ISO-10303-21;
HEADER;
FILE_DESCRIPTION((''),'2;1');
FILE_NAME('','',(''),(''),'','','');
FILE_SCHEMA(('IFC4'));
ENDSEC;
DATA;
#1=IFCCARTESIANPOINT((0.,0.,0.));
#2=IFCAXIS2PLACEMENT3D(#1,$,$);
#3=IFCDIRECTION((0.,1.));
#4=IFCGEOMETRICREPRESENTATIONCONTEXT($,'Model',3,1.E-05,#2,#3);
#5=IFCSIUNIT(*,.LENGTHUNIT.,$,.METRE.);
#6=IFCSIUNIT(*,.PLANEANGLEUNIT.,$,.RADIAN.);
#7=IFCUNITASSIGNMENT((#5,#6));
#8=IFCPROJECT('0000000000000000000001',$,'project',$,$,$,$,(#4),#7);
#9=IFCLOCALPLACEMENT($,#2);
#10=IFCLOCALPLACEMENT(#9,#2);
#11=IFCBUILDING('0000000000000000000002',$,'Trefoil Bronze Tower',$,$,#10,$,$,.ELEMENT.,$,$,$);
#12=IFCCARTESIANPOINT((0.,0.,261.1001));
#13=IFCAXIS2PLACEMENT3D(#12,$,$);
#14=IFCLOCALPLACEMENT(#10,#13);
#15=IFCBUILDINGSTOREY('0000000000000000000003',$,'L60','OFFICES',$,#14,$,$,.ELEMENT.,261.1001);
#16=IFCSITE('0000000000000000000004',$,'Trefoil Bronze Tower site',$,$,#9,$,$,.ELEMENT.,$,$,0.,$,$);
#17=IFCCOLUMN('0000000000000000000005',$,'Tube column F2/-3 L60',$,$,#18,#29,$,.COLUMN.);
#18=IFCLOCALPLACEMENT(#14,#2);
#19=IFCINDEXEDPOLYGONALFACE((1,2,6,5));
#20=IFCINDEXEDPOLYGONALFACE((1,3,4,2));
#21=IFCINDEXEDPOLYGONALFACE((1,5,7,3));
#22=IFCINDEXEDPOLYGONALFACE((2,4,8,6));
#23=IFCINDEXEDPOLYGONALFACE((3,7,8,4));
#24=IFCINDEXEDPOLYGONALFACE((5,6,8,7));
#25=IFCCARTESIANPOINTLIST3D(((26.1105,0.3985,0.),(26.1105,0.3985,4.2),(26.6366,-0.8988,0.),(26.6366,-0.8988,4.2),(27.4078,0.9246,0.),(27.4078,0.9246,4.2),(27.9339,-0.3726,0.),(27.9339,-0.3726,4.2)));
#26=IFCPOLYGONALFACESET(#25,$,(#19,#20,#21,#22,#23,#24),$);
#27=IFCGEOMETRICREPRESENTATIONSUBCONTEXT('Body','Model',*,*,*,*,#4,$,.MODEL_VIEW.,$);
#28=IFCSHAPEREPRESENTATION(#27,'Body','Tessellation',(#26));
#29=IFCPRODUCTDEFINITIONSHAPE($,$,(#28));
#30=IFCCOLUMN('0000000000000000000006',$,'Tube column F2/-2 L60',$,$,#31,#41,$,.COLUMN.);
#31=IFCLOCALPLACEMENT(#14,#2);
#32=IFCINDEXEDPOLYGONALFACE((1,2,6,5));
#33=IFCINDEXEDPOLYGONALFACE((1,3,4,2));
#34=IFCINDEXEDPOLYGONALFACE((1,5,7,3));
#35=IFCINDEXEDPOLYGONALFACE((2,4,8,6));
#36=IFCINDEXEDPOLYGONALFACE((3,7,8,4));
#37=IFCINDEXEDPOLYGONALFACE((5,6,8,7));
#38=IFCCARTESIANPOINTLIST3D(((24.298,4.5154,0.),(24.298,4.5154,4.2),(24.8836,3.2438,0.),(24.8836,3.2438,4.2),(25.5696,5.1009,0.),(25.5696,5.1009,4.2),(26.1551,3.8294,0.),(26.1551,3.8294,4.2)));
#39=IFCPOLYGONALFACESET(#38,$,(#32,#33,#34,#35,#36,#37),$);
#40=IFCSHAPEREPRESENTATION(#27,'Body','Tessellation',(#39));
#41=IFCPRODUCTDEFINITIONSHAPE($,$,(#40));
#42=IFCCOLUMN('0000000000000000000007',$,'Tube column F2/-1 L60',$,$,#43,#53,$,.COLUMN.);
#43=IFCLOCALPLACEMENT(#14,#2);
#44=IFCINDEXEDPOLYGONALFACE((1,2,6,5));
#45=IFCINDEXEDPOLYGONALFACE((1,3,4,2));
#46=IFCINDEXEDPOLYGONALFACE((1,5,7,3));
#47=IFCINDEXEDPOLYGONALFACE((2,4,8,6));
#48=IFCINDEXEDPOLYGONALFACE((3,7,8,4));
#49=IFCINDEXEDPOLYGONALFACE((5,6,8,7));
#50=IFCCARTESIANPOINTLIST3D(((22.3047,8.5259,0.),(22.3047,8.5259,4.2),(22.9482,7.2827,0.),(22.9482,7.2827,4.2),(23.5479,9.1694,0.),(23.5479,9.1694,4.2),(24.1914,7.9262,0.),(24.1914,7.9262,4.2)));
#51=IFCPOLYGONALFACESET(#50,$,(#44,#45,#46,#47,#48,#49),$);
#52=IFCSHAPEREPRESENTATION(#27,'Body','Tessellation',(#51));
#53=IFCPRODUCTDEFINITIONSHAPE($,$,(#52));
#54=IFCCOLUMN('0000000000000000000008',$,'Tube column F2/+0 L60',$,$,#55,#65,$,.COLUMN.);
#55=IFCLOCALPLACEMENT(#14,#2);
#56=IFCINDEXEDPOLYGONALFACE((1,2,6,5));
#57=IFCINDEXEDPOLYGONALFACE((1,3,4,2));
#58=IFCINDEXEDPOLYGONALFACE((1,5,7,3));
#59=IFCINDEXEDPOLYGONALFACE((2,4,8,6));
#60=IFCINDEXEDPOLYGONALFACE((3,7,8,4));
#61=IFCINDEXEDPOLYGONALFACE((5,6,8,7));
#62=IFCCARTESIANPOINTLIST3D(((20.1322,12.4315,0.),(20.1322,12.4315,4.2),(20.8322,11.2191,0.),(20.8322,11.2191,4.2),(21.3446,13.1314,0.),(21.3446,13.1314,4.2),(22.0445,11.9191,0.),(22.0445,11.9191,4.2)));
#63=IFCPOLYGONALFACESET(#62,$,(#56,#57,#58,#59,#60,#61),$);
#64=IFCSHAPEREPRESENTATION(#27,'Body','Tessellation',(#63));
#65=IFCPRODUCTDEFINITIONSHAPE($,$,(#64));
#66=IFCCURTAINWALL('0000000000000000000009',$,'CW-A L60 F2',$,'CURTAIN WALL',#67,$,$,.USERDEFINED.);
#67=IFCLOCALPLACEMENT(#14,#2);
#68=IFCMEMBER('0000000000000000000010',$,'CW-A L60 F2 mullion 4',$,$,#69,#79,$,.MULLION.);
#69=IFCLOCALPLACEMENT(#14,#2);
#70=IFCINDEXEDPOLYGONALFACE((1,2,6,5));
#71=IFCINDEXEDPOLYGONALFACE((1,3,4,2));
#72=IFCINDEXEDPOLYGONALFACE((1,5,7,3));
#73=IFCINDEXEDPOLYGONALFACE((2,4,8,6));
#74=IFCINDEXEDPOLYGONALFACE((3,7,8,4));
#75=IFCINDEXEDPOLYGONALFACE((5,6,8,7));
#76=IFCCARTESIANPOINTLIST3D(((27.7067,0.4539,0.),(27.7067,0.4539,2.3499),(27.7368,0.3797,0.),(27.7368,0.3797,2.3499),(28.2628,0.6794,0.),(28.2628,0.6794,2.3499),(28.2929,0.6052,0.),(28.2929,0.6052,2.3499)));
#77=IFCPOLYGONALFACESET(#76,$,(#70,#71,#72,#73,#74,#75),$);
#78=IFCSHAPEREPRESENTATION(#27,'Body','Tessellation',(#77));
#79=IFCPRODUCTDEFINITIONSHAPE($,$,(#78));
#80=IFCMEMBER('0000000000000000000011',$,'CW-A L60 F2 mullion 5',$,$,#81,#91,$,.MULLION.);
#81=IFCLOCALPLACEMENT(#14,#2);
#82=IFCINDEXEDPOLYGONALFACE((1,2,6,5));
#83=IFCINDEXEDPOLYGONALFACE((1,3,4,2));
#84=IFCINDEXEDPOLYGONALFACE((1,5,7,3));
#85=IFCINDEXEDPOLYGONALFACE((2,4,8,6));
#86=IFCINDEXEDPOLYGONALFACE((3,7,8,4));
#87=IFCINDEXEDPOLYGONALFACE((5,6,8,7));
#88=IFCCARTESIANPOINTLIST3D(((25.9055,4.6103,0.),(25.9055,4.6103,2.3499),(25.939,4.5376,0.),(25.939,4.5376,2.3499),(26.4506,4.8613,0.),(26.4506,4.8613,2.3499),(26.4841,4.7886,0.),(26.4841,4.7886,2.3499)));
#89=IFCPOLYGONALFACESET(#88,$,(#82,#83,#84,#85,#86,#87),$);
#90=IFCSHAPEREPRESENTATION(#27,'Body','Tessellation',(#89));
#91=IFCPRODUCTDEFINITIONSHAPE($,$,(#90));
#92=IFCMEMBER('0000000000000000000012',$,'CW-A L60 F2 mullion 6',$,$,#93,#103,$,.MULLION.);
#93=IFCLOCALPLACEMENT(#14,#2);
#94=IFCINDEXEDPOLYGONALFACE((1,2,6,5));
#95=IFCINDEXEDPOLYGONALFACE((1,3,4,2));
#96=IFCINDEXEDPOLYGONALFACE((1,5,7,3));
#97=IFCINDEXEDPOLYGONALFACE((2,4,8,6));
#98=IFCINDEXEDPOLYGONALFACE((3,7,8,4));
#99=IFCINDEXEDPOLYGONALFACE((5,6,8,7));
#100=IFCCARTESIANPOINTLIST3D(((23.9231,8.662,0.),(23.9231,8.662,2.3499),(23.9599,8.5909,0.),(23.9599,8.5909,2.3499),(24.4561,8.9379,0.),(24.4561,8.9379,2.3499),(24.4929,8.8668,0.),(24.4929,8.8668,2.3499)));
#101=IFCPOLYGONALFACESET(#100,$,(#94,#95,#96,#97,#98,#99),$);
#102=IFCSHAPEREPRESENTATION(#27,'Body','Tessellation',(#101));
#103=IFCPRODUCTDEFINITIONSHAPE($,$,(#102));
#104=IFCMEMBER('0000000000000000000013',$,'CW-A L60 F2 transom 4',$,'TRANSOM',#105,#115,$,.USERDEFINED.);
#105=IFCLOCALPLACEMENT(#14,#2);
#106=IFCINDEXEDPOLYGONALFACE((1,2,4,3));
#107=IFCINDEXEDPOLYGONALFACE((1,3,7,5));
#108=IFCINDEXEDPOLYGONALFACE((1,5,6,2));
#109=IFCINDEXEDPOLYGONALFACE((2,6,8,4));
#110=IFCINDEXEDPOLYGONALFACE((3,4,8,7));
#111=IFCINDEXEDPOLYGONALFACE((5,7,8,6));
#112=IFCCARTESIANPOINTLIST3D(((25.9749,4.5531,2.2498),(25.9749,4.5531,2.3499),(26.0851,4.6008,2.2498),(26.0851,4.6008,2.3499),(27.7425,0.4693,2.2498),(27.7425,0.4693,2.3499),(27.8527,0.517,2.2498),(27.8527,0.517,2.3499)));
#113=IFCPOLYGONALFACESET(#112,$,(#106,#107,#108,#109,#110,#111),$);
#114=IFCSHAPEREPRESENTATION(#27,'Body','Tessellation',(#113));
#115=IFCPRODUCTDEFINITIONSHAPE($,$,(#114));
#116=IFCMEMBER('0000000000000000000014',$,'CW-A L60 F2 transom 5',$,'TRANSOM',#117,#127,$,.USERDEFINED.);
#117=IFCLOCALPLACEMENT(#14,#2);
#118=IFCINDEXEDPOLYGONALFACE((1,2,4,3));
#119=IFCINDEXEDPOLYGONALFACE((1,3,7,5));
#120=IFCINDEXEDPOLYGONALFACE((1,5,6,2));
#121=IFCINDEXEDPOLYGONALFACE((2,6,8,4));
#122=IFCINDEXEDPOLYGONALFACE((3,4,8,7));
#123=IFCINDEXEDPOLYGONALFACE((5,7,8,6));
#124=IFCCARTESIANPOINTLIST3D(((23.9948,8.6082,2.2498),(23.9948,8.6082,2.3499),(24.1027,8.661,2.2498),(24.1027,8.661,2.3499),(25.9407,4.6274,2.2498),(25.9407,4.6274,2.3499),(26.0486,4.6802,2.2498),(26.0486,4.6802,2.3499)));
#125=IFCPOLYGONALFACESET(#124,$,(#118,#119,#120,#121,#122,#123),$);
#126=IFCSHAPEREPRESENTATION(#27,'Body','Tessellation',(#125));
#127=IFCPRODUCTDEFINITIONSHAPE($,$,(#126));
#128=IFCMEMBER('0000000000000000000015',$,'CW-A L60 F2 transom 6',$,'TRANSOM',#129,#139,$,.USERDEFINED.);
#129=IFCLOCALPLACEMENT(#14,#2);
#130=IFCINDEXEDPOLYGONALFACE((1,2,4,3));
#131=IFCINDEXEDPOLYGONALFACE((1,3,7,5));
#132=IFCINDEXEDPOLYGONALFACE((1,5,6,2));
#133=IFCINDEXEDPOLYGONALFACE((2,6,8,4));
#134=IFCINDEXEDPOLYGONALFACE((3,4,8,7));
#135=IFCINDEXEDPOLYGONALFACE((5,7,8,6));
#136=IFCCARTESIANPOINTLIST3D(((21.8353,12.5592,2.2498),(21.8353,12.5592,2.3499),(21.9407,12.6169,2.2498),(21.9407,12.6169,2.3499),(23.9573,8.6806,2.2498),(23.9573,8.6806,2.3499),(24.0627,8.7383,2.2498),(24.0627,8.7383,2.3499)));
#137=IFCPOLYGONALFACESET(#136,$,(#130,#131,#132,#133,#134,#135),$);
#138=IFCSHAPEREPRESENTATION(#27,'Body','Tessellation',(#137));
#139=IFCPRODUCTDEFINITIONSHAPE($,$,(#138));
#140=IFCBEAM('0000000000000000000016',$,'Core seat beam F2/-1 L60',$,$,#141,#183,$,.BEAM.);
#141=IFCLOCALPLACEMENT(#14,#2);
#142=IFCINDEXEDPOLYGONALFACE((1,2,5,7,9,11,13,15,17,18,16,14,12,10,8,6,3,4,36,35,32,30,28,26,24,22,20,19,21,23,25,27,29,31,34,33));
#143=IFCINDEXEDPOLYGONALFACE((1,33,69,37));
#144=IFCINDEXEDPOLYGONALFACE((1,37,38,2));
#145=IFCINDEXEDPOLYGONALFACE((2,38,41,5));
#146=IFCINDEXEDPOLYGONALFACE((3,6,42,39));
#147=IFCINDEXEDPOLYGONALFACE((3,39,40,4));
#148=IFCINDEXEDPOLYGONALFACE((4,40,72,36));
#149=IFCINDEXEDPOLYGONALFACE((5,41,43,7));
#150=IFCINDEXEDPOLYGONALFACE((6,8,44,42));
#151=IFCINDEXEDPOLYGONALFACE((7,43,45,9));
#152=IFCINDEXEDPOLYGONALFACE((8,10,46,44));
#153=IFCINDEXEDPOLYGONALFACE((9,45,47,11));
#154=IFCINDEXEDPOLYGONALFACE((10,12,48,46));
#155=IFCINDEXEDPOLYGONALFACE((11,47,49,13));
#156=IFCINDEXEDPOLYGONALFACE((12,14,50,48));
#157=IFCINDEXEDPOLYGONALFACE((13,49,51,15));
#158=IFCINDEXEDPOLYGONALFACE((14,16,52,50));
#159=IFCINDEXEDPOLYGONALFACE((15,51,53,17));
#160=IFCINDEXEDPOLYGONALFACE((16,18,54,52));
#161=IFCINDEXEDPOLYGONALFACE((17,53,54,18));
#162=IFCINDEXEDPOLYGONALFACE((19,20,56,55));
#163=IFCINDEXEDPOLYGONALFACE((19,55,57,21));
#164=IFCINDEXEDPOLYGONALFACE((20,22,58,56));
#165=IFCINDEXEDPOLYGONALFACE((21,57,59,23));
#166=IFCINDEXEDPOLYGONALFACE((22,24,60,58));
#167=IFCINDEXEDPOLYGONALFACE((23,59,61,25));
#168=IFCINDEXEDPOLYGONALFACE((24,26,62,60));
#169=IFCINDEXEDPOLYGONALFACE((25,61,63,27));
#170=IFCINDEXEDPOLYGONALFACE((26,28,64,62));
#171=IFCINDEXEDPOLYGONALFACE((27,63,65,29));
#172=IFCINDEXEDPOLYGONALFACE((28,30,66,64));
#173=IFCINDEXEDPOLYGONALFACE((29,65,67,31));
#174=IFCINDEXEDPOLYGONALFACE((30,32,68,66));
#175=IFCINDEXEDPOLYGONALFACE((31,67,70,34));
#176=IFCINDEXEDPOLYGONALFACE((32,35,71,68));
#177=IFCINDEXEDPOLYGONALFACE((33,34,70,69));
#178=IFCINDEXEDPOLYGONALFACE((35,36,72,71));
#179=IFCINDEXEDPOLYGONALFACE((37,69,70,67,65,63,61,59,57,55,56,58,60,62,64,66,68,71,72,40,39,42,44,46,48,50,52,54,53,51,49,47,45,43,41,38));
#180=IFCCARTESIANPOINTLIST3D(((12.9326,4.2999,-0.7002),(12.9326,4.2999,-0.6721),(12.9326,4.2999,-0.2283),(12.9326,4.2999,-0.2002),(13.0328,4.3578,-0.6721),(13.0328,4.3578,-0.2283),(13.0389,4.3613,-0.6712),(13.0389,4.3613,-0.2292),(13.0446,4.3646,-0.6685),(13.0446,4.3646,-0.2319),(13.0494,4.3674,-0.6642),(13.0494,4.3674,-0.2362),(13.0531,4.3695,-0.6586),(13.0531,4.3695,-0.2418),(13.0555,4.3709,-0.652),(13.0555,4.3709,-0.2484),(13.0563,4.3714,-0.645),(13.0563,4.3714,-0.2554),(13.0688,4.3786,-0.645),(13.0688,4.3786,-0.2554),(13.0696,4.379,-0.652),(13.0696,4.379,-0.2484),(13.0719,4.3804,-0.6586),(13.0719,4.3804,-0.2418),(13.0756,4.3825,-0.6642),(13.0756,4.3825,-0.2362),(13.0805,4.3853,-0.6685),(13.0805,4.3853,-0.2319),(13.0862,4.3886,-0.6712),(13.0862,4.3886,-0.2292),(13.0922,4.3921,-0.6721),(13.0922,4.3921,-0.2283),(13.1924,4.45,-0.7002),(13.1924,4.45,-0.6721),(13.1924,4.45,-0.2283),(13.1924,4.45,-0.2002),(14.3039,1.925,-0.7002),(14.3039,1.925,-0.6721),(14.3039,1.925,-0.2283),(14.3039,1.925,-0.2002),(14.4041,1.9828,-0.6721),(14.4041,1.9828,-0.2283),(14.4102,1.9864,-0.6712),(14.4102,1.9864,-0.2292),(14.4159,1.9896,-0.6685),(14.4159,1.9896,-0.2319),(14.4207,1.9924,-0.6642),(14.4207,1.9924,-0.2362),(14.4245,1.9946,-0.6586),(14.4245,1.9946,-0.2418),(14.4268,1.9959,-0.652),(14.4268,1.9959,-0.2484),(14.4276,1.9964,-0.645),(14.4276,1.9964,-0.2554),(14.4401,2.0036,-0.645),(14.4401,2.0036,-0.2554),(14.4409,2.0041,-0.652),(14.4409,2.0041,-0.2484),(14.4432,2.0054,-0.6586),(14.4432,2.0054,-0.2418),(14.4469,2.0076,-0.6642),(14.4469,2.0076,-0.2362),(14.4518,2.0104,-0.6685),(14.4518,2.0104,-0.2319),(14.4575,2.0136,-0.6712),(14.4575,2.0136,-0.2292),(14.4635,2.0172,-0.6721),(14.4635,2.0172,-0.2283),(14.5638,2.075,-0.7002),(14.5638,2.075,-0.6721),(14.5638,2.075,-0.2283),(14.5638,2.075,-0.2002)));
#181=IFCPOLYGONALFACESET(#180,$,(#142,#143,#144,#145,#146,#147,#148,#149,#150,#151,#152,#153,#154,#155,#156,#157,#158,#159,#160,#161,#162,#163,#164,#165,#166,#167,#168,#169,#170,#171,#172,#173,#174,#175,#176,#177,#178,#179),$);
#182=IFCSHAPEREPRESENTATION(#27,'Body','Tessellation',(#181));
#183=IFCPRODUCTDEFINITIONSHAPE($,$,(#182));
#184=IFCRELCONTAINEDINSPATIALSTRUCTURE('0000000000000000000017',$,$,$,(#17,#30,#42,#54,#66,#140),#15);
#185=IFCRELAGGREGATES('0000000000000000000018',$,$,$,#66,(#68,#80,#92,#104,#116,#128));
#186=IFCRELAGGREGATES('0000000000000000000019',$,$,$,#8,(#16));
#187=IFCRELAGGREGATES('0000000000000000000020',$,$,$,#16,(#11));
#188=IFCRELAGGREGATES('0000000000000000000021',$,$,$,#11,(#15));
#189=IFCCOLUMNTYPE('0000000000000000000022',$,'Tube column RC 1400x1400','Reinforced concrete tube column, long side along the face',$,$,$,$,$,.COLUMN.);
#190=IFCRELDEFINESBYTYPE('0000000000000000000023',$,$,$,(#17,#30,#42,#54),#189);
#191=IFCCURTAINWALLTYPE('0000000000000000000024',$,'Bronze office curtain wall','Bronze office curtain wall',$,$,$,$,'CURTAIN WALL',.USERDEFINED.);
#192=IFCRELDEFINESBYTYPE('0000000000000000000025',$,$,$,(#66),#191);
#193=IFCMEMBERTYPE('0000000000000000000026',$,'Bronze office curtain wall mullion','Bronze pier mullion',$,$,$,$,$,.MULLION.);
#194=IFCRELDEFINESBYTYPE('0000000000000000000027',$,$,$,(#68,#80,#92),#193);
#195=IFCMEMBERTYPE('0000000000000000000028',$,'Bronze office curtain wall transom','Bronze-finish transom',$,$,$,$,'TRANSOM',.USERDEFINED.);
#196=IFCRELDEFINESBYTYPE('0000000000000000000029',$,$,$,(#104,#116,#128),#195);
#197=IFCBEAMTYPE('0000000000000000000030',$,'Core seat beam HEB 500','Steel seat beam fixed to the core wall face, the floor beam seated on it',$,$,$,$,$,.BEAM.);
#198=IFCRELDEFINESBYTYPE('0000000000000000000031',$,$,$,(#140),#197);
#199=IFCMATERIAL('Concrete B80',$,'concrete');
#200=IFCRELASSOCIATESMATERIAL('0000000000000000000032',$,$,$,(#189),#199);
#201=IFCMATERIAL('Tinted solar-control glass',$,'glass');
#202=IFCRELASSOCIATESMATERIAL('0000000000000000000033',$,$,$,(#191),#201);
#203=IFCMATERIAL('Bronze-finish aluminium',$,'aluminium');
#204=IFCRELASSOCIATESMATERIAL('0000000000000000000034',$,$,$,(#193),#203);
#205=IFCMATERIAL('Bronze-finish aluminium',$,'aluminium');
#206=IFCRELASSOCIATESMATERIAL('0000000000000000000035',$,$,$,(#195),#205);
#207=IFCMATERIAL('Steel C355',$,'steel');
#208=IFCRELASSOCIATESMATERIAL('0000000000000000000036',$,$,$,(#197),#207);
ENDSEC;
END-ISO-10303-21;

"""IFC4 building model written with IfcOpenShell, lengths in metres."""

from ifc_helpers import new_model, si_unit, direction, frame, origin, origin_2d, place, context, subcontext, project, spatial, rectangle, i_section, extrude, material, material_profile, profile_set, type_object, element, aggregate, save


model = new_model("IFC4")

# Units and contexts
model_context = context("Model", 3, precision=1e-05, world=origin(), true_north=direction((0.0, 1.0)))
body_context = subcontext(model_context, "Body", "Model", "MODEL_VIEW")
ifc_project = project(units=[si_unit("LENGTHUNIT", "METRE"), si_unit("PLANEANGLEUNIT", "RADIAN")], contexts=[model_context])

# Site, building, storey
site_placement = place(None, origin())
site = spatial("IfcSite", under=ifc_project, at=site_placement, Name="Trefoil Bronze Tower site", CompositionType="ELEMENT", RefElevation=0.0)
building_placement = place(site_placement, origin())
building = spatial("IfcBuilding", under=site, at=building_placement, Name="Trefoil Bronze Tower", CompositionType="ELEMENT")
storey_placement = place(building_placement, frame((0.0, 0.0, 261.1001)))
storey = spatial("IfcBuildingStorey", under=building, at=storey_placement, Name="L60", Description="OFFICES", CompositionType="ELEMENT", Elevation=261.1001)

# Columns
ifc_material_1 = material(Name="Concrete B80", Category="concrete")
ifc_material_profile_1 = material_profile(ifc_material_1, rectangle(XDim=1.3999, YDim=1.3999, at=origin_2d()), Name="RC 1400x1400")
ifc_profile_set_1 = profile_set([ifc_material_profile_1], Name="Concrete B80")
column_type = type_object("IfcColumnType", Name="Tube column RC 1400x1400", Description="Reinforced concrete tube column, long side along the face", PredefinedType="COLUMN", material=ifc_profile_set_1)
for number, where, z_axis, x_axis, name in (
    (1, (27.0222, 0.0129, 0.0), (0.0, 0.0, 1.0), (-0.375828, 0.926689, 0.0), "Tube column F2/-3 L60"),
    (2, (25.2266, 4.1724, 0.0), (0.0, 0.0, 1.0), (-0.418286, 0.908315, 0.0), "Tube column F2/-2 L60"),
    (3, (23.248, 8.2261, 0.0), (0.0, 0.0, 1.0), (-0.459673, 0.888088, 0.0), "Tube column F2/-1 L60"),
    (4, (21.0884, 12.1753, 0.0), (0.0, 0.0, 1.0), (-0.5, 0.866025, 0.0), "Tube column F2/+0 L60"),
):
    element("IfcColumn", number, at=place(storey_placement, frame(where, z_axis=z_axis, x_axis=x_axis)), inside=storey, type_object=column_type, Name=name, PredefinedType="COLUMN", context=body_context, shape_type="SweptSolid", body=[
        extrude(rectangle(XDim=1.3999, YDim=1.3999, at=origin_2d()), origin(), (0.0, 0.0, 1.0), 4.2),
    ])

# Curtain wall, members
ifc_material_2 = material(Name="Tinted solar-control glass", Category="glass")
curtain_wall_type = type_object("IfcCurtainWallType", Name="Bronze office curtain wall", Description="Bronze office curtain wall", ElementType="CURTAIN WALL", PredefinedType="USERDEFINED", material=ifc_material_2)
curtain_wall_placement = place(storey_placement, origin())
curtain_wall = element("IfcCurtainWall", 5, at=curtain_wall_placement, inside=storey, type_object=curtain_wall_type, Name="CW-A L60 F2", ObjectType="CURTAIN WALL", PredefinedType="USERDEFINED")
ifc_material_3 = material(Name="Bronze-finish aluminium", Category="aluminium")
ifc_material_profile_2 = material_profile(ifc_material_3, rectangle(XDim=0.6001, YDim=0.0801, at=origin_2d()), Name="CW-A mullion")
ifc_profile_set_2 = profile_set([ifc_material_profile_2], Name="Bronze-finish aluminium")
member_type_1 = type_object("IfcMemberType", Name="Bronze office curtain wall mullion", Description="Bronze pier mullion", PredefinedType="MULLION", material=ifc_profile_set_2)
member_1_placement = place(storey_placement, frame((27.9998, 0.5295, 0.0), z_axis=(0.0, 0.0, 1.0), x_axis=(-0.926689, -0.375828, 0.0)))
member_1 = element("IfcMember", 6, at=member_1_placement, type_object=member_type_1, Name="CW-A L60 F2 mullion 4", PredefinedType="MULLION", context=body_context, shape_type="SweptSolid", body=[
    extrude(rectangle(XDim=0.6001, YDim=0.0801, at=origin_2d()), origin(), (0.0, 0.0, 1.0), 2.3499),
])
member_2_placement = place(storey_placement, frame((26.1948, 4.6995, 0.0), z_axis=(0.0, 0.0, 1.0), x_axis=(-0.908315, -0.418286, 0.0)))
member_2 = element("IfcMember", 7, at=member_2_placement, type_object=member_type_1, Name="CW-A L60 F2 mullion 5", PredefinedType="MULLION", context=body_context, shape_type="SweptSolid", body=[
    extrude(rectangle(XDim=0.6001, YDim=0.0801, at=origin_2d()), origin(), (0.0, 0.0, 1.0), 2.3499),
])
member_3_placement = place(storey_placement, frame((24.208, 8.7644, 0.0), z_axis=(0.0, 0.0, 1.0), x_axis=(-0.888088, -0.459673, 0.0)))
member_3 = element("IfcMember", 8, at=member_3_placement, type_object=member_type_1, Name="CW-A L60 F2 mullion 6", PredefinedType="MULLION", context=body_context, shape_type="SweptSolid", body=[
    extrude(rectangle(XDim=0.6001, YDim=0.0801, at=origin_2d()), origin(), (0.0, 0.0, 1.0), 2.3499),
])
ifc_material_4 = material(Name="Bronze-finish aluminium", Category="aluminium")
ifc_material_profile_3 = material_profile(ifc_material_4, rectangle(XDim=0.1201, YDim=0.1001, at=origin_2d()), Name="CW-A transom")
ifc_profile_set_3 = profile_set([ifc_material_profile_3], Name="Bronze-finish aluminium")
member_type_2 = type_object("IfcMemberType", Name="Bronze office curtain wall transom", Description="Bronze-finish transom", ElementType="TRANSOM", PredefinedType="USERDEFINED", material=ifc_profile_set_3)
member_4_placement = place(storey_placement, frame((27.7976, 0.4932, 2.2998), z_axis=(-0.397221, 0.917723, 0.0), x_axis=(-0.917723, -0.397221, 0.0)))
member_4 = element("IfcMember", 9, at=member_4_placement, type_object=member_type_2, Name="CW-A L60 F2 transom 4", ObjectType="TRANSOM", PredefinedType="USERDEFINED", context=body_context, shape_type="SweptSolid", body=[
    extrude(rectangle(XDim=0.1201, YDim=0.1001, at=origin_2d()), origin(), (0.0, 0.0, 1.0), 4.45),
])
member_5_placement = place(storey_placement, frame((25.9946, 4.6538, 2.2998), z_axis=(-0.439151, 0.898413, 0.0), x_axis=(-0.898413, -0.439151, 0.0)))
member_5 = element("IfcMember", 10, at=member_5_placement, type_object=member_type_2, Name="CW-A L60 F2 transom 5", ObjectType="TRANSOM", PredefinedType="USERDEFINED", context=body_context, shape_type="SweptSolid", body=[
    extrude(rectangle(XDim=0.1201, YDim=0.1001, at=origin_2d()), origin(), (0.0, 0.0, 1.0), 4.4309),
])
member_6_placement = place(storey_placement, frame((24.01, 8.7095, 2.2998), z_axis=(-0.479974, 0.877283, 0.0), x_axis=(-0.877283, -0.479974, 0.0)))
member_6 = element("IfcMember", 11, at=member_6_placement, type_object=member_type_2, Name="CW-A L60 F2 transom 6", ObjectType="TRANSOM", PredefinedType="USERDEFINED", context=body_context, shape_type="SweptSolid", body=[
    extrude(rectangle(XDim=0.1201, YDim=0.1001, at=origin_2d()), origin(), (0.0, 0.0, 1.0), 4.4211),
])

# Beam
ifc_material_5 = material(Name="Steel C355", Category="steel")
ifc_material_profile_4 = material_profile(ifc_material_5, i_section(OverallWidth=0.3, OverallDepth=0.5, WebThickness=0.0144, FlangeThickness=0.0281, FilletRadius=0.0271, at=origin_2d()), Name="HEB 500")
ifc_profile_set_4 = profile_set([ifc_material_profile_4], Name="Steel C355")
beam_type_1 = type_object("IfcBeamType", Name="Core seat beam HEB 500", Description="Steel seat beam fixed to the core wall face, the floor beam seated on it", PredefinedType="BEAM", material=ifc_profile_set_4)
beam_1_placement = place(storey_placement, frame((14.4338, 2.0, -0.4502), z_axis=(-0.500036, 0.866005, 0.0), x_axis=(-0.866005, -0.500036, 0.0)))
element("IfcBeam", 12, at=beam_1_placement, inside=storey, type_object=beam_type_1, Name="Core seat beam F2/-1 L60", PredefinedType="BEAM", context=body_context, shape_type="SweptSolid", body=[
    extrude(i_section(OverallWidth=0.3, OverallDepth=0.5, WebThickness=0.0144, FlangeThickness=0.0281, FilletRadius=0.0271, at=origin_2d()), origin(), (0.0, 0.0, 1.0), 2.7424),
])

aggregate(curtain_wall, [member_1, member_2, member_3, member_4, member_5, member_6])

save(model, "model.ifc")
